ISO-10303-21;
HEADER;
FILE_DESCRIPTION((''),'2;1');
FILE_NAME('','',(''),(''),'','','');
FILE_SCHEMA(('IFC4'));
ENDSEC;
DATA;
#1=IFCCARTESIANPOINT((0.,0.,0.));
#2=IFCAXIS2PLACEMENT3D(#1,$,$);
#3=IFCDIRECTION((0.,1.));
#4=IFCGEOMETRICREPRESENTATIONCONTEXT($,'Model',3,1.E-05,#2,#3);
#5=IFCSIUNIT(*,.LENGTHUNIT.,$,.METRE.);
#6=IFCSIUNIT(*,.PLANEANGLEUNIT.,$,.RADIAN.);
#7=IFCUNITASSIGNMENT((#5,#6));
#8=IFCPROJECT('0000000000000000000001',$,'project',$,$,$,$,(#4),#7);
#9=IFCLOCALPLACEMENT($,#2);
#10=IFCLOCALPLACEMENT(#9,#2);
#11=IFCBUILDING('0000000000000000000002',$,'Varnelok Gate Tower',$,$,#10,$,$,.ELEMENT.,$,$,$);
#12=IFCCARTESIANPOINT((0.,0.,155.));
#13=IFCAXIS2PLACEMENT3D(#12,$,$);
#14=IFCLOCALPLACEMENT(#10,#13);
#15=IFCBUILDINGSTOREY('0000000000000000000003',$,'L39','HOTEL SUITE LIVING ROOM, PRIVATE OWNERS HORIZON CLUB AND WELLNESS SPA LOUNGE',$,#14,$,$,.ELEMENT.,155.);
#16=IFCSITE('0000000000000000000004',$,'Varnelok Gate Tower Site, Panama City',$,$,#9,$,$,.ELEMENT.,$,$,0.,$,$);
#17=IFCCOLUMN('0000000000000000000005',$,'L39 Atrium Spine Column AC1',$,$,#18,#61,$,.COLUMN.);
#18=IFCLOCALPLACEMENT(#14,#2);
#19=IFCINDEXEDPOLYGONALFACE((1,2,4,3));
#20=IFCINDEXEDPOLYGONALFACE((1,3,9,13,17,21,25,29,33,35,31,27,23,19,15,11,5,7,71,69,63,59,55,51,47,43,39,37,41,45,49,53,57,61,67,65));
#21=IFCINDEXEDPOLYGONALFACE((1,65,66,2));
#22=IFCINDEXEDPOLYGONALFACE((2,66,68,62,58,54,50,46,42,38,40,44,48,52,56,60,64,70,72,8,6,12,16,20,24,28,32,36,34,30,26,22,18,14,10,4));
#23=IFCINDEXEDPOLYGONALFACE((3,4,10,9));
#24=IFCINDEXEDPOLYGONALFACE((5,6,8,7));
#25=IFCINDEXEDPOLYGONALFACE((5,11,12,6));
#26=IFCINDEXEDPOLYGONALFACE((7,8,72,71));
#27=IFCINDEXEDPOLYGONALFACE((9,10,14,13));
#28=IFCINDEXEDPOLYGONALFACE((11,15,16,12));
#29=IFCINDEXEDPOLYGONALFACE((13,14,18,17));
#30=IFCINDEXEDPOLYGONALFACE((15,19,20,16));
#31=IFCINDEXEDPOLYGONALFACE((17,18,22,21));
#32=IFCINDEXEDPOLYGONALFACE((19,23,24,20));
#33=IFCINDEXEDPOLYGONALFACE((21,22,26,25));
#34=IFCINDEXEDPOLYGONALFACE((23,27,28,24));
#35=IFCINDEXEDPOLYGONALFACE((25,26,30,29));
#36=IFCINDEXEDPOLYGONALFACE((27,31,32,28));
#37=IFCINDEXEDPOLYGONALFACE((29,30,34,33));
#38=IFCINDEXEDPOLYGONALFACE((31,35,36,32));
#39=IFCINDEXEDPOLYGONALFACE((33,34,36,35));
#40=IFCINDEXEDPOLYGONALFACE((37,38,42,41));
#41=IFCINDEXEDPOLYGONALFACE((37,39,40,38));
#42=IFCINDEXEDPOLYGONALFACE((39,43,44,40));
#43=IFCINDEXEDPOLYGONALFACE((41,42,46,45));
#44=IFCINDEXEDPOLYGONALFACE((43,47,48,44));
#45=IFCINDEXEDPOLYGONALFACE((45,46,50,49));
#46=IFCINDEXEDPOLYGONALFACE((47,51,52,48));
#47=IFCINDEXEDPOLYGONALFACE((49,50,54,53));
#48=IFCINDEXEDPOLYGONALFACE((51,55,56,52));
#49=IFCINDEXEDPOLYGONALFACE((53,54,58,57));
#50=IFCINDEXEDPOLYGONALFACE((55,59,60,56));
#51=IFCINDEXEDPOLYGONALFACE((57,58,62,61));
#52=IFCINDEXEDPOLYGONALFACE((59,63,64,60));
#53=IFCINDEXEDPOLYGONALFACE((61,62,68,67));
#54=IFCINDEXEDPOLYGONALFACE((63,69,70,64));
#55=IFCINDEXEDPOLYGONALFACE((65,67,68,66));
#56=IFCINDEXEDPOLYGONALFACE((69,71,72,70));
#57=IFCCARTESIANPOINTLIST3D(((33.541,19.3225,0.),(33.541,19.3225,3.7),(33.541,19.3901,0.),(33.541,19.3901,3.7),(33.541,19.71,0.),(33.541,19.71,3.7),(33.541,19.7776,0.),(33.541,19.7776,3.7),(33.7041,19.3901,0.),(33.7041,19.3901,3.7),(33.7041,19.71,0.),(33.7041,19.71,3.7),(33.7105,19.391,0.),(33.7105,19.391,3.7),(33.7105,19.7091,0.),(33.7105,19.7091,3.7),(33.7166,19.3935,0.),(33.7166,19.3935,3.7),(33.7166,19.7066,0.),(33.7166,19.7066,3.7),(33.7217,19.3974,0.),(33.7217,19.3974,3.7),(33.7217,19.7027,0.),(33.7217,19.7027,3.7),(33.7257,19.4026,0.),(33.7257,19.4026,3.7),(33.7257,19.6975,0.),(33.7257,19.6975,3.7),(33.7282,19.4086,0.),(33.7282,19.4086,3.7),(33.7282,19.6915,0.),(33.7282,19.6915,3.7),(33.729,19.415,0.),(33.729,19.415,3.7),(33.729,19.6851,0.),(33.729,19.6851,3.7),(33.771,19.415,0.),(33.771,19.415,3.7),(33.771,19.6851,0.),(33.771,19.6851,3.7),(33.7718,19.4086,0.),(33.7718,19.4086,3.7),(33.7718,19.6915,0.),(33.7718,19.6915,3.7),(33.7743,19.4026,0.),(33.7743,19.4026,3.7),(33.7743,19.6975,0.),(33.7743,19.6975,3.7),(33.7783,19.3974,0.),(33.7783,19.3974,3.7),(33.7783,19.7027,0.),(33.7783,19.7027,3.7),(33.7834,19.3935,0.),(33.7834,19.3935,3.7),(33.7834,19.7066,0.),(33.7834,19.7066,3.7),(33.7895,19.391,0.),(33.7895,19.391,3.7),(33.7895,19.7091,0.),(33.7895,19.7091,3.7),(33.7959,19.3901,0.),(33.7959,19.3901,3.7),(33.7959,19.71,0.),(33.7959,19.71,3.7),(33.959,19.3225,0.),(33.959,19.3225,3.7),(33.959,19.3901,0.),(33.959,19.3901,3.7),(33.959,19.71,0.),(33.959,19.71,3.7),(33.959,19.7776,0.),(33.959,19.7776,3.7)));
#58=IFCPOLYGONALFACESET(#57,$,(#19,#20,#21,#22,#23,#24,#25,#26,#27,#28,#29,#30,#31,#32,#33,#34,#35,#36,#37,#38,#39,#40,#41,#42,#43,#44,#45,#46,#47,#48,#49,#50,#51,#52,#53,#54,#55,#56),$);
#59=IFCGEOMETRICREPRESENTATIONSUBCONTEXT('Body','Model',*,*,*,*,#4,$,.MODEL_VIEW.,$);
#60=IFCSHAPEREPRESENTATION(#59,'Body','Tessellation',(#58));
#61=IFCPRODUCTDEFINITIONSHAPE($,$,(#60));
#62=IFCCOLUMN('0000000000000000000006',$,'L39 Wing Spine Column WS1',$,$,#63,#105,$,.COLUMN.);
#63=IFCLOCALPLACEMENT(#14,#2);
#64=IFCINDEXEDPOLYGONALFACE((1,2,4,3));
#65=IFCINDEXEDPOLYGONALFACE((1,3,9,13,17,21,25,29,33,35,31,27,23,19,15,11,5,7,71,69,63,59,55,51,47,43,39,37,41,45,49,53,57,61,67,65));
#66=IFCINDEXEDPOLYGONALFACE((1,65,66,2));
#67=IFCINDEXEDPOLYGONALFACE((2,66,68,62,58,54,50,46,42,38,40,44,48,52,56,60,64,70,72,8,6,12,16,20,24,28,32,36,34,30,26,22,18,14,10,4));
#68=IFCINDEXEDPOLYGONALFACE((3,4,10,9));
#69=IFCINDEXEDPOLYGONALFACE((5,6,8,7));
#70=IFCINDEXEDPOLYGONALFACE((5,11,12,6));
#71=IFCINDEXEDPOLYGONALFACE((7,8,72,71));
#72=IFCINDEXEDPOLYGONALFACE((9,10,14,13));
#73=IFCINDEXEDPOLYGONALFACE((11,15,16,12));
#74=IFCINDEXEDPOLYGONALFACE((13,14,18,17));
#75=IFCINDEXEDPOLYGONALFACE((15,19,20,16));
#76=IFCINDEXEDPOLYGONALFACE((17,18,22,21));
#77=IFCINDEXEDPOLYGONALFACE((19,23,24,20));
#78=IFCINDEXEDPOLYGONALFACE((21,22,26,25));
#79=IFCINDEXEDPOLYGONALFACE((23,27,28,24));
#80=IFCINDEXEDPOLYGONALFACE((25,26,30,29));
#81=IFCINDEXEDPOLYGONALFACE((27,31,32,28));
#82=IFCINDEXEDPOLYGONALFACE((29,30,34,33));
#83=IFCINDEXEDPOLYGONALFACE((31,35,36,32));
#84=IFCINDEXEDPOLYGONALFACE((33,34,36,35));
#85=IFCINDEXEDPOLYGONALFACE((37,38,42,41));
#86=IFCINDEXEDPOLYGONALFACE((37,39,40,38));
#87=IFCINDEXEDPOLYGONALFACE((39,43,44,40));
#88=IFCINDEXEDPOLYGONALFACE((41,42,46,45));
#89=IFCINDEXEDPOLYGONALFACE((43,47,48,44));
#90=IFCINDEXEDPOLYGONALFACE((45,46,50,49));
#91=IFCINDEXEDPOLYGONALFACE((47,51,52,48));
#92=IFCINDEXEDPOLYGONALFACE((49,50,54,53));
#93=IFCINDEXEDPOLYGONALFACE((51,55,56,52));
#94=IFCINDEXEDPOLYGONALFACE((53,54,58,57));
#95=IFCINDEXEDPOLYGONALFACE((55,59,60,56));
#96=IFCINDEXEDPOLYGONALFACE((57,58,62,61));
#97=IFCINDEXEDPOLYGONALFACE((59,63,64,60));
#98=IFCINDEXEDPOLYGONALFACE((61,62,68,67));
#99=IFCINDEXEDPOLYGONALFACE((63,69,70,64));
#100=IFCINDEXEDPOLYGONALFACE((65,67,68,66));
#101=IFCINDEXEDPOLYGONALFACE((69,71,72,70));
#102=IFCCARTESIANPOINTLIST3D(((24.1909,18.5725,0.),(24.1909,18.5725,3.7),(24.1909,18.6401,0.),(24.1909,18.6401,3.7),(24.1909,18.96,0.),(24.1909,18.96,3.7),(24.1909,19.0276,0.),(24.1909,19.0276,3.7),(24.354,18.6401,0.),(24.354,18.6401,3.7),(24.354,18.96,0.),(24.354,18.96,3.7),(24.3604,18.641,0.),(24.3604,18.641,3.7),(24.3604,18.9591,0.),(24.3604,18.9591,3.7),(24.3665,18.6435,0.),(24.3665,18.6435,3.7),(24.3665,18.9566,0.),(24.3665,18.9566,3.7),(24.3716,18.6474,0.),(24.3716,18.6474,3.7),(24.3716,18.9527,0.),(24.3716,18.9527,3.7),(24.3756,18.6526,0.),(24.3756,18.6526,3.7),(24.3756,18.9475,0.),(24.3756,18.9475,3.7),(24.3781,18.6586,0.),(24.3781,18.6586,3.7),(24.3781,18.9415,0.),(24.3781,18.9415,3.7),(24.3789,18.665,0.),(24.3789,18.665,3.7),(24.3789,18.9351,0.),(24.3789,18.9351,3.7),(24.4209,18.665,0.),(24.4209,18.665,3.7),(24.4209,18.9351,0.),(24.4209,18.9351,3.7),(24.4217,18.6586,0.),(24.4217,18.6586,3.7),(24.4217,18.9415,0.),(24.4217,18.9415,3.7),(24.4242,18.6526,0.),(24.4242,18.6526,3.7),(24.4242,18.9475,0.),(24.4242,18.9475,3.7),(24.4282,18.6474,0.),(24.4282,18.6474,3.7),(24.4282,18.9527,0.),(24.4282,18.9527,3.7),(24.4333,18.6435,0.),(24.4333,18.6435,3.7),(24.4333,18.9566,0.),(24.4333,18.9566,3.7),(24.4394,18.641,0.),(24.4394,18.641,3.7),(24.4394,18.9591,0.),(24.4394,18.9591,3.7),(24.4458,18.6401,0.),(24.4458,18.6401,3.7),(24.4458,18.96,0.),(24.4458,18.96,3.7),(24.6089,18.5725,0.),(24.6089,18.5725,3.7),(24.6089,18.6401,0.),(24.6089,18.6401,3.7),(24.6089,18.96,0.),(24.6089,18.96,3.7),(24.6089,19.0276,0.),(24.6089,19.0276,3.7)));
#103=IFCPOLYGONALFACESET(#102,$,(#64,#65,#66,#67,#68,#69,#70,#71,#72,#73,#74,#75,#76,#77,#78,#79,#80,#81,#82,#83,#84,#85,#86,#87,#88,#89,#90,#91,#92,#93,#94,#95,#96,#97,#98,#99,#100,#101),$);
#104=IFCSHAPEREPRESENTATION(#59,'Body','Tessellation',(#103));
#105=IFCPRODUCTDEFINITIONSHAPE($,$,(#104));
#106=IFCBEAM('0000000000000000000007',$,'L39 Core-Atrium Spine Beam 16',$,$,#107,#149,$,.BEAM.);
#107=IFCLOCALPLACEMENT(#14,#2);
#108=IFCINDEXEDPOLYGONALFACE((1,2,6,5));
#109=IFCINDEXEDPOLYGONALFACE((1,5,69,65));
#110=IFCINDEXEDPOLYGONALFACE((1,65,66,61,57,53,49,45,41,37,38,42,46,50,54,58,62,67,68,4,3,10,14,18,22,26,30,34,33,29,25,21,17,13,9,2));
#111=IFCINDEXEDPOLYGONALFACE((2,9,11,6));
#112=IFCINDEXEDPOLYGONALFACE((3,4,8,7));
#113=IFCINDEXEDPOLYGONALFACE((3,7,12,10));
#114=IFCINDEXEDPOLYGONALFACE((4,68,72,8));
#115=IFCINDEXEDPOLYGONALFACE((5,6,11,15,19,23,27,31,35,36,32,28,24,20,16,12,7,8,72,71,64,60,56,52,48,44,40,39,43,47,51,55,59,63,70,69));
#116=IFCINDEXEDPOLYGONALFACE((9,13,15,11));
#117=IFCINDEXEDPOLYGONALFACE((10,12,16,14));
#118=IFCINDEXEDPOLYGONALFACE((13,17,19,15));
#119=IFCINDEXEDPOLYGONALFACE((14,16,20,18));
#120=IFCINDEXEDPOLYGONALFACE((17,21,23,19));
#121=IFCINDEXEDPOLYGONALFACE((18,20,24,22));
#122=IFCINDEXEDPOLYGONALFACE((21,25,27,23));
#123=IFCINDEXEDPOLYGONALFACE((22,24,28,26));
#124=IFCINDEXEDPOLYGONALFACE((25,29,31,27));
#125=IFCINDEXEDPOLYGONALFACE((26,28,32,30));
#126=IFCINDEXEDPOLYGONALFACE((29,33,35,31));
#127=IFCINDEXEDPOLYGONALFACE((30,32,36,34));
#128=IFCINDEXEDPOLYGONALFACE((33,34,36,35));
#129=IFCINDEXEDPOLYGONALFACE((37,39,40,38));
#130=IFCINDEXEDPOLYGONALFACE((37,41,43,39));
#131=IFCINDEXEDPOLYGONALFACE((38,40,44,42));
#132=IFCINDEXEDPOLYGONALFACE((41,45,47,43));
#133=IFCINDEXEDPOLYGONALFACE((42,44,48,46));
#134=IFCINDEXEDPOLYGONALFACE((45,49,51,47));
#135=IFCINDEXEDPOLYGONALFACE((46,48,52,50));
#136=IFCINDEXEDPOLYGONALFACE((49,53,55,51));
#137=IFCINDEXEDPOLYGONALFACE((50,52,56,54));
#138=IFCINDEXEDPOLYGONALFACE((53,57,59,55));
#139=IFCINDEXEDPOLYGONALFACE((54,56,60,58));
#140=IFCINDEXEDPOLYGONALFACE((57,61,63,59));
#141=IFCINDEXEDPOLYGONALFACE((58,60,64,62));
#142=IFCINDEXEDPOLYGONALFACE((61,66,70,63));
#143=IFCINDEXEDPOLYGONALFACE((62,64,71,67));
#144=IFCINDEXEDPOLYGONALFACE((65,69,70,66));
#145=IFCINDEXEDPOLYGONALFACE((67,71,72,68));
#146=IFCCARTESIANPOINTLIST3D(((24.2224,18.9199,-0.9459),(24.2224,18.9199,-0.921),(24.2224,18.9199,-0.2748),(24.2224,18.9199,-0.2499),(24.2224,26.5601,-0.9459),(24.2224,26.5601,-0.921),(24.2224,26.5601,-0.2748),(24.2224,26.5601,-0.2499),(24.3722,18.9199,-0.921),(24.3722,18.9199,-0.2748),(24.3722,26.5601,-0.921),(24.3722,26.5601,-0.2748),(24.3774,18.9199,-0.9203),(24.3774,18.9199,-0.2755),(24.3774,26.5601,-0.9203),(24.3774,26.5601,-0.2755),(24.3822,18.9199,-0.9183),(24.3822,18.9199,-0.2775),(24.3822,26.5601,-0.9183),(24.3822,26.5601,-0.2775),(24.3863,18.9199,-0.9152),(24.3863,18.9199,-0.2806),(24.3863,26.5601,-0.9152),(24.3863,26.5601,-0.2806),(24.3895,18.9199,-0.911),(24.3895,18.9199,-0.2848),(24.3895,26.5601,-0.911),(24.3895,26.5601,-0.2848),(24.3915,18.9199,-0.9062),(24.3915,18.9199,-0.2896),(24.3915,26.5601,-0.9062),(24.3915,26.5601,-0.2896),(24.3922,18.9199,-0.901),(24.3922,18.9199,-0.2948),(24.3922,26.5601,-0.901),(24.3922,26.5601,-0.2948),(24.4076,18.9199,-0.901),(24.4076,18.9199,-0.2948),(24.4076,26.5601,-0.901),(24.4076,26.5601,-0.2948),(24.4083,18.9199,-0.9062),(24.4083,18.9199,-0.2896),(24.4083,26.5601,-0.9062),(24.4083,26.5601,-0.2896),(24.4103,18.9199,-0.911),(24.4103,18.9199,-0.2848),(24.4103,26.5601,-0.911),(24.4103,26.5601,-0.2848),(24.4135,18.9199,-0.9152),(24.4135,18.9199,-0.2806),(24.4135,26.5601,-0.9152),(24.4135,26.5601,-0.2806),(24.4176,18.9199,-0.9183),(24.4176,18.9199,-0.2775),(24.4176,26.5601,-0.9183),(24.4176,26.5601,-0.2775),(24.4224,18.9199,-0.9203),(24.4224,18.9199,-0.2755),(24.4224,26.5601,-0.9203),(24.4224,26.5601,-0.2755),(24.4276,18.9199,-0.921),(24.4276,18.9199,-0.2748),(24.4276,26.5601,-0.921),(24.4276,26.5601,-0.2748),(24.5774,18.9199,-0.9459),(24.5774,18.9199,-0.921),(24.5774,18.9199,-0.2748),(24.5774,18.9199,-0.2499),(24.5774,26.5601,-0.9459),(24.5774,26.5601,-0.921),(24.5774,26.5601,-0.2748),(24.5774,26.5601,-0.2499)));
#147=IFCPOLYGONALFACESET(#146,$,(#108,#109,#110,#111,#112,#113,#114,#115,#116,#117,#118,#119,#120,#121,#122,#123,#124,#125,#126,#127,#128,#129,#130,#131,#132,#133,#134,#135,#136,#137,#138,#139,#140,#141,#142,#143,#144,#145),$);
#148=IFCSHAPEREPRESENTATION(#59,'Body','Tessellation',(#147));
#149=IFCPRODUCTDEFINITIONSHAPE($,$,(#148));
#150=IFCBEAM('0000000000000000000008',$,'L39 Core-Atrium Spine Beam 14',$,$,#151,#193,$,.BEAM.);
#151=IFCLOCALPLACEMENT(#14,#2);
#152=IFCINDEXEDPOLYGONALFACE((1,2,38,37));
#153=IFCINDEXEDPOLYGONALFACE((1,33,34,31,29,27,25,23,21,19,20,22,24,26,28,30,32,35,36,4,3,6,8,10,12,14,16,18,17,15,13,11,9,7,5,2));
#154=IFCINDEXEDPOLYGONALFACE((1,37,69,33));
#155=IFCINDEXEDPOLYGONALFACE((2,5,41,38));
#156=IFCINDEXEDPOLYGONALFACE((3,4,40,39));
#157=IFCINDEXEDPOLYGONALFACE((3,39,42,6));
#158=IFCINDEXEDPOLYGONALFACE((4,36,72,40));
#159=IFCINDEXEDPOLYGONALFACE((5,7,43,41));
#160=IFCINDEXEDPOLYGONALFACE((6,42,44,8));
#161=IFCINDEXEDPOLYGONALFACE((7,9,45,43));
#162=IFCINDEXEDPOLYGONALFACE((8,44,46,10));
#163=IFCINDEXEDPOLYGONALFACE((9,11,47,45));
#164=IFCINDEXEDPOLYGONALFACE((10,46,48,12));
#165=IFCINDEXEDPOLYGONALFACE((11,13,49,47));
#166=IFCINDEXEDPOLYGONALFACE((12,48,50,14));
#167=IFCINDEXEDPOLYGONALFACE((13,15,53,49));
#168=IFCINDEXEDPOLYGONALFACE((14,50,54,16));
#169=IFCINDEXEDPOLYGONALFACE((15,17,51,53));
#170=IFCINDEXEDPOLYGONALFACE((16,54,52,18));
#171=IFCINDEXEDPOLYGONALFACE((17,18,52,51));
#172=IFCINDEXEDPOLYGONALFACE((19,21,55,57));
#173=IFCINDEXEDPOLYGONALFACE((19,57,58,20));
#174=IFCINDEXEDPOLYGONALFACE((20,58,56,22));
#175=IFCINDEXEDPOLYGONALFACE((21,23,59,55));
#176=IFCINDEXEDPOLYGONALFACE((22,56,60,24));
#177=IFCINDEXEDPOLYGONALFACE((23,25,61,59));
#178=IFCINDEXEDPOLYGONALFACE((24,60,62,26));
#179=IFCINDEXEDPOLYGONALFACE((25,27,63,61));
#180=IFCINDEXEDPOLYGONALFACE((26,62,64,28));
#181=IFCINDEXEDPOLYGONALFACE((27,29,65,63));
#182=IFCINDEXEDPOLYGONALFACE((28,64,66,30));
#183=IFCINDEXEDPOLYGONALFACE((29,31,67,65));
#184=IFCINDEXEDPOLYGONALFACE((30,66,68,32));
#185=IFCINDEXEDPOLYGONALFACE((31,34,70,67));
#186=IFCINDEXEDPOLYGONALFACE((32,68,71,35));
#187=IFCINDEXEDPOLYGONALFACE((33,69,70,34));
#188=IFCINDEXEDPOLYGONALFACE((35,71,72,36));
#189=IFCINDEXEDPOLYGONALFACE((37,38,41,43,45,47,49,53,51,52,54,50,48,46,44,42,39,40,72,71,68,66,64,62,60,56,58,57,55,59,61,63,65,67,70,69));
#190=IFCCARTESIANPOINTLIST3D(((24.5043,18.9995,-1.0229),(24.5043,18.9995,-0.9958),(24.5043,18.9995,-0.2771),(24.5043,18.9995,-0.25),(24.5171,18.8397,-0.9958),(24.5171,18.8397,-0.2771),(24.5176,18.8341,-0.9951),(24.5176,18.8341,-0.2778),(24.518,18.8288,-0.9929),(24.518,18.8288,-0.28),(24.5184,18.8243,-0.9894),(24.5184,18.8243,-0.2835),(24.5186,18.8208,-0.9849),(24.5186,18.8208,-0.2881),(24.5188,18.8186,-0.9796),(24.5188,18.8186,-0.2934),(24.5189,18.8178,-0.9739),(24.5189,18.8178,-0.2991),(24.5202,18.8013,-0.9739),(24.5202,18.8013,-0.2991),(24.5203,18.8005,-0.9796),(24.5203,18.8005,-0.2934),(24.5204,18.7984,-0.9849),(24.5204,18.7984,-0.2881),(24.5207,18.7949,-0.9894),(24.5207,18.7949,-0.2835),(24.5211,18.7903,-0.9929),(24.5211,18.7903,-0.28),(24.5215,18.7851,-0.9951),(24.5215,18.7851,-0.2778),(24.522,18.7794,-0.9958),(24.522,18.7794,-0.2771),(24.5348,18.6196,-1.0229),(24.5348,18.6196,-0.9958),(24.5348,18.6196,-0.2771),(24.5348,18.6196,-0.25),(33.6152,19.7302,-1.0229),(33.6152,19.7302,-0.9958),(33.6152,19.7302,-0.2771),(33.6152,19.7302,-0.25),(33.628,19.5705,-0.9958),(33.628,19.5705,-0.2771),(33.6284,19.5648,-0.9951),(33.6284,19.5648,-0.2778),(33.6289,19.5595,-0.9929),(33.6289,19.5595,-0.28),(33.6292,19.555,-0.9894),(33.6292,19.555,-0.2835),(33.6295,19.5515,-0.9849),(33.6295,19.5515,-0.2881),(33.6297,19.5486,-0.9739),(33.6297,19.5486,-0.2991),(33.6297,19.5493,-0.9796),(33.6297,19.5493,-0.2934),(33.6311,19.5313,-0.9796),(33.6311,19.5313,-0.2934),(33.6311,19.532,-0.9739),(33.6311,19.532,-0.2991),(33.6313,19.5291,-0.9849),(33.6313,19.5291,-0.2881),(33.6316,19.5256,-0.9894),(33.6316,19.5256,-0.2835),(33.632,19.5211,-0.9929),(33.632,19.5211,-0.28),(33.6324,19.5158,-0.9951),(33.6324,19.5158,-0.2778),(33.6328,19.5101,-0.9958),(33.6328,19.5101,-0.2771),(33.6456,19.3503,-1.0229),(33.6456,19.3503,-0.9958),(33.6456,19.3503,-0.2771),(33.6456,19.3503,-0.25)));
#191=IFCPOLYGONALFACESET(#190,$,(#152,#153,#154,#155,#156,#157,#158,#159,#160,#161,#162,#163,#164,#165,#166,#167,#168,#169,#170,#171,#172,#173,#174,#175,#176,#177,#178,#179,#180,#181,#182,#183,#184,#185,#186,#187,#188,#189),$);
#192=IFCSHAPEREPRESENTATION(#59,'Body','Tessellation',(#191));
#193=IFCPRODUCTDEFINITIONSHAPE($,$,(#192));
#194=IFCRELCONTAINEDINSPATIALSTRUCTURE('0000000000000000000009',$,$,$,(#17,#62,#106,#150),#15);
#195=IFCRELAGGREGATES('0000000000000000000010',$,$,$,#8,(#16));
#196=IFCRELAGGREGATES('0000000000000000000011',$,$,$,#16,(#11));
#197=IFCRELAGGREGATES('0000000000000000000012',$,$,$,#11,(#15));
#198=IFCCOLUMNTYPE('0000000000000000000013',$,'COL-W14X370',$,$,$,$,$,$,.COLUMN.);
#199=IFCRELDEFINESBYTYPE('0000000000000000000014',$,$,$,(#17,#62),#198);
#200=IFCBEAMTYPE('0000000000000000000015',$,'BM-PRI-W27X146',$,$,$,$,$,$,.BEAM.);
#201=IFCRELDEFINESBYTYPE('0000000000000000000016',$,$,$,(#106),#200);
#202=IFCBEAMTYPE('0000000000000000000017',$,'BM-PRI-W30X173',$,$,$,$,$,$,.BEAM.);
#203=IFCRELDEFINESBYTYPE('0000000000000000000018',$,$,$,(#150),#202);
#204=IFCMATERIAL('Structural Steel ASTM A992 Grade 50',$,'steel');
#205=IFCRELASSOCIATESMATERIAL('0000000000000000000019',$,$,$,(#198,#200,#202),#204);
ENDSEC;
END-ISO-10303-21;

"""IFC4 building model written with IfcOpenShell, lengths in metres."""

from ifc_helpers import new_model, si_unit, direction, frame, origin, origin_2d, place, context, subcontext, project, spatial, i_section, extrude, material, material_profile, profile_set, type_object, element, save


model = new_model("IFC4")

# Units and contexts
model_context = context("Model", 3, precision=1e-05, world=origin(), true_north=direction((0.0, 1.0)))
body_context = subcontext(model_context, "Body", "Model", "MODEL_VIEW")
ifc_project = project(units=[si_unit("LENGTHUNIT", "METRE"), si_unit("PLANEANGLEUNIT", "RADIAN")], contexts=[model_context])

# Site, building, storey
site_placement = place(None, origin())
site = spatial("IfcSite", under=ifc_project, at=site_placement, Name="Varnelok Gate Tower Site, Panama City", CompositionType="ELEMENT", RefElevation=0.0)
building_placement = place(site_placement, origin())
building = spatial("IfcBuilding", under=site, at=building_placement, Name="Varnelok Gate Tower", CompositionType="ELEMENT")
storey_placement = place(building_placement, frame((0.0, 0.0, 155.0)))
storey = spatial("IfcBuildingStorey", under=building, at=storey_placement, Name="L39", Description="HOTEL SUITE LIVING ROOM, PRIVATE OWNERS HORIZON CLUB AND WELLNESS SPA LOUNGE", CompositionType="ELEMENT", Elevation=155.0)

# Columns
ifc_material_1 = material(Name="Structural Steel ASTM A992 Grade 50", Category="steel")
ifc_material_profile_1 = material_profile(ifc_material_1, i_section(OverallWidth=0.418, OverallDepth=0.4551, WebThickness=0.042, FlangeThickness=0.0676, FilletRadius=0.0249, at=origin_2d()), Name="W14X370")
ifc_profile_set_1 = profile_set([ifc_material_profile_1], Name="Structural Steel ASTM A992 Grade 50")
column_type = type_object("IfcColumnType", Name="COL-W14X370", PredefinedType="COLUMN", material=ifc_profile_set_1)
for number, where, z_axis, x_axis, name in (
    (1, (33.75, 19.55, 0.0), (0.0, 0.0, 1.0), (1.0, 0.0, 0.0), "L39 Atrium Spine Column AC1"),
    (2, (24.3999, 18.8, 0.0), (0.0, 0.0, 1.0), (1.0, 0.0, 0.0), "L39 Wing Spine Column WS1"),
):
    element("IfcColumn", number, at=place(storey_placement, frame(where, z_axis=z_axis, x_axis=x_axis)), inside=storey, type_object=column_type, Name=name, PredefinedType="COLUMN", context=body_context, shape_type="SweptSolid", body=[
        extrude(i_section(OverallWidth=0.418, OverallDepth=0.4551, WebThickness=0.042, FlangeThickness=0.0676, FilletRadius=0.0249, at=origin_2d()), origin(), (0.0, 0.0, 1.0), 3.7),
    ])

# Beams
ifc_material_profile_2 = material_profile(ifc_material_1, i_section(OverallWidth=0.355, OverallDepth=0.696, WebThickness=0.0154, FlangeThickness=0.0249, FilletRadius=0.02, at=origin_2d()), Name="W27X146")
ifc_profile_set_2 = profile_set([ifc_material_profile_2], Name="Structural Steel ASTM A992 Grade 50")
beam_type_1 = type_object("IfcBeamType", Name="BM-PRI-W27X146", PredefinedType="BEAM", material=ifc_profile_set_2)
beam_1_placement = place(storey_placement, frame((24.3999, 18.9199, -0.5979), z_axis=(0.0, 1.0, 0.0), x_axis=(-1.0, 0.0, 0.0)))
element("IfcBeam", 3, at=beam_1_placement, inside=storey, type_object=beam_type_1, Name="L39 Core-Atrium Spine Beam 16", PredefinedType="BEAM", context=body_context, shape_type="SweptSolid", body=[
    extrude(i_section(OverallWidth=0.355, OverallDepth=0.696, WebThickness=0.0154, FlangeThickness=0.0249, FilletRadius=0.02, at=origin_2d()), origin(), (0.0, 0.0, 1.0), 7.6401),
])
ifc_material_profile_3 = material_profile(ifc_material_1, i_section(OverallWidth=0.3811, OverallDepth=0.7729, WebThickness=0.0166, FlangeThickness=0.0271, FilletRadius=0.022, at=origin_2d()), Name="W30X173")
ifc_profile_set_3 = profile_set([ifc_material_profile_3], Name="Structural Steel ASTM A992 Grade 50")
beam_type_2 = type_object("IfcBeamType", Name="BM-PRI-W30X173", PredefinedType="BEAM", material=ifc_profile_set_3)
beam_2_placement = place(storey_placement, frame((24.5195, 18.8096, -0.6365), z_axis=(0.996799, 0.079946, 0.0), x_axis=(-0.079946, 0.996799, 0.0)))
element("IfcBeam", 4, at=beam_2_placement, inside=storey, type_object=beam_type_2, Name="L39 Core-Atrium Spine Beam 14", PredefinedType="BEAM", context=body_context, shape_type="SweptSolid", body=[
    extrude(i_section(OverallWidth=0.3811, OverallDepth=0.7729, WebThickness=0.0166, FlangeThickness=0.0271, FilletRadius=0.022, at=origin_2d()), origin(), (0.0, 0.0, 1.0), 9.1401),
])

save(model, "model.ifc")
